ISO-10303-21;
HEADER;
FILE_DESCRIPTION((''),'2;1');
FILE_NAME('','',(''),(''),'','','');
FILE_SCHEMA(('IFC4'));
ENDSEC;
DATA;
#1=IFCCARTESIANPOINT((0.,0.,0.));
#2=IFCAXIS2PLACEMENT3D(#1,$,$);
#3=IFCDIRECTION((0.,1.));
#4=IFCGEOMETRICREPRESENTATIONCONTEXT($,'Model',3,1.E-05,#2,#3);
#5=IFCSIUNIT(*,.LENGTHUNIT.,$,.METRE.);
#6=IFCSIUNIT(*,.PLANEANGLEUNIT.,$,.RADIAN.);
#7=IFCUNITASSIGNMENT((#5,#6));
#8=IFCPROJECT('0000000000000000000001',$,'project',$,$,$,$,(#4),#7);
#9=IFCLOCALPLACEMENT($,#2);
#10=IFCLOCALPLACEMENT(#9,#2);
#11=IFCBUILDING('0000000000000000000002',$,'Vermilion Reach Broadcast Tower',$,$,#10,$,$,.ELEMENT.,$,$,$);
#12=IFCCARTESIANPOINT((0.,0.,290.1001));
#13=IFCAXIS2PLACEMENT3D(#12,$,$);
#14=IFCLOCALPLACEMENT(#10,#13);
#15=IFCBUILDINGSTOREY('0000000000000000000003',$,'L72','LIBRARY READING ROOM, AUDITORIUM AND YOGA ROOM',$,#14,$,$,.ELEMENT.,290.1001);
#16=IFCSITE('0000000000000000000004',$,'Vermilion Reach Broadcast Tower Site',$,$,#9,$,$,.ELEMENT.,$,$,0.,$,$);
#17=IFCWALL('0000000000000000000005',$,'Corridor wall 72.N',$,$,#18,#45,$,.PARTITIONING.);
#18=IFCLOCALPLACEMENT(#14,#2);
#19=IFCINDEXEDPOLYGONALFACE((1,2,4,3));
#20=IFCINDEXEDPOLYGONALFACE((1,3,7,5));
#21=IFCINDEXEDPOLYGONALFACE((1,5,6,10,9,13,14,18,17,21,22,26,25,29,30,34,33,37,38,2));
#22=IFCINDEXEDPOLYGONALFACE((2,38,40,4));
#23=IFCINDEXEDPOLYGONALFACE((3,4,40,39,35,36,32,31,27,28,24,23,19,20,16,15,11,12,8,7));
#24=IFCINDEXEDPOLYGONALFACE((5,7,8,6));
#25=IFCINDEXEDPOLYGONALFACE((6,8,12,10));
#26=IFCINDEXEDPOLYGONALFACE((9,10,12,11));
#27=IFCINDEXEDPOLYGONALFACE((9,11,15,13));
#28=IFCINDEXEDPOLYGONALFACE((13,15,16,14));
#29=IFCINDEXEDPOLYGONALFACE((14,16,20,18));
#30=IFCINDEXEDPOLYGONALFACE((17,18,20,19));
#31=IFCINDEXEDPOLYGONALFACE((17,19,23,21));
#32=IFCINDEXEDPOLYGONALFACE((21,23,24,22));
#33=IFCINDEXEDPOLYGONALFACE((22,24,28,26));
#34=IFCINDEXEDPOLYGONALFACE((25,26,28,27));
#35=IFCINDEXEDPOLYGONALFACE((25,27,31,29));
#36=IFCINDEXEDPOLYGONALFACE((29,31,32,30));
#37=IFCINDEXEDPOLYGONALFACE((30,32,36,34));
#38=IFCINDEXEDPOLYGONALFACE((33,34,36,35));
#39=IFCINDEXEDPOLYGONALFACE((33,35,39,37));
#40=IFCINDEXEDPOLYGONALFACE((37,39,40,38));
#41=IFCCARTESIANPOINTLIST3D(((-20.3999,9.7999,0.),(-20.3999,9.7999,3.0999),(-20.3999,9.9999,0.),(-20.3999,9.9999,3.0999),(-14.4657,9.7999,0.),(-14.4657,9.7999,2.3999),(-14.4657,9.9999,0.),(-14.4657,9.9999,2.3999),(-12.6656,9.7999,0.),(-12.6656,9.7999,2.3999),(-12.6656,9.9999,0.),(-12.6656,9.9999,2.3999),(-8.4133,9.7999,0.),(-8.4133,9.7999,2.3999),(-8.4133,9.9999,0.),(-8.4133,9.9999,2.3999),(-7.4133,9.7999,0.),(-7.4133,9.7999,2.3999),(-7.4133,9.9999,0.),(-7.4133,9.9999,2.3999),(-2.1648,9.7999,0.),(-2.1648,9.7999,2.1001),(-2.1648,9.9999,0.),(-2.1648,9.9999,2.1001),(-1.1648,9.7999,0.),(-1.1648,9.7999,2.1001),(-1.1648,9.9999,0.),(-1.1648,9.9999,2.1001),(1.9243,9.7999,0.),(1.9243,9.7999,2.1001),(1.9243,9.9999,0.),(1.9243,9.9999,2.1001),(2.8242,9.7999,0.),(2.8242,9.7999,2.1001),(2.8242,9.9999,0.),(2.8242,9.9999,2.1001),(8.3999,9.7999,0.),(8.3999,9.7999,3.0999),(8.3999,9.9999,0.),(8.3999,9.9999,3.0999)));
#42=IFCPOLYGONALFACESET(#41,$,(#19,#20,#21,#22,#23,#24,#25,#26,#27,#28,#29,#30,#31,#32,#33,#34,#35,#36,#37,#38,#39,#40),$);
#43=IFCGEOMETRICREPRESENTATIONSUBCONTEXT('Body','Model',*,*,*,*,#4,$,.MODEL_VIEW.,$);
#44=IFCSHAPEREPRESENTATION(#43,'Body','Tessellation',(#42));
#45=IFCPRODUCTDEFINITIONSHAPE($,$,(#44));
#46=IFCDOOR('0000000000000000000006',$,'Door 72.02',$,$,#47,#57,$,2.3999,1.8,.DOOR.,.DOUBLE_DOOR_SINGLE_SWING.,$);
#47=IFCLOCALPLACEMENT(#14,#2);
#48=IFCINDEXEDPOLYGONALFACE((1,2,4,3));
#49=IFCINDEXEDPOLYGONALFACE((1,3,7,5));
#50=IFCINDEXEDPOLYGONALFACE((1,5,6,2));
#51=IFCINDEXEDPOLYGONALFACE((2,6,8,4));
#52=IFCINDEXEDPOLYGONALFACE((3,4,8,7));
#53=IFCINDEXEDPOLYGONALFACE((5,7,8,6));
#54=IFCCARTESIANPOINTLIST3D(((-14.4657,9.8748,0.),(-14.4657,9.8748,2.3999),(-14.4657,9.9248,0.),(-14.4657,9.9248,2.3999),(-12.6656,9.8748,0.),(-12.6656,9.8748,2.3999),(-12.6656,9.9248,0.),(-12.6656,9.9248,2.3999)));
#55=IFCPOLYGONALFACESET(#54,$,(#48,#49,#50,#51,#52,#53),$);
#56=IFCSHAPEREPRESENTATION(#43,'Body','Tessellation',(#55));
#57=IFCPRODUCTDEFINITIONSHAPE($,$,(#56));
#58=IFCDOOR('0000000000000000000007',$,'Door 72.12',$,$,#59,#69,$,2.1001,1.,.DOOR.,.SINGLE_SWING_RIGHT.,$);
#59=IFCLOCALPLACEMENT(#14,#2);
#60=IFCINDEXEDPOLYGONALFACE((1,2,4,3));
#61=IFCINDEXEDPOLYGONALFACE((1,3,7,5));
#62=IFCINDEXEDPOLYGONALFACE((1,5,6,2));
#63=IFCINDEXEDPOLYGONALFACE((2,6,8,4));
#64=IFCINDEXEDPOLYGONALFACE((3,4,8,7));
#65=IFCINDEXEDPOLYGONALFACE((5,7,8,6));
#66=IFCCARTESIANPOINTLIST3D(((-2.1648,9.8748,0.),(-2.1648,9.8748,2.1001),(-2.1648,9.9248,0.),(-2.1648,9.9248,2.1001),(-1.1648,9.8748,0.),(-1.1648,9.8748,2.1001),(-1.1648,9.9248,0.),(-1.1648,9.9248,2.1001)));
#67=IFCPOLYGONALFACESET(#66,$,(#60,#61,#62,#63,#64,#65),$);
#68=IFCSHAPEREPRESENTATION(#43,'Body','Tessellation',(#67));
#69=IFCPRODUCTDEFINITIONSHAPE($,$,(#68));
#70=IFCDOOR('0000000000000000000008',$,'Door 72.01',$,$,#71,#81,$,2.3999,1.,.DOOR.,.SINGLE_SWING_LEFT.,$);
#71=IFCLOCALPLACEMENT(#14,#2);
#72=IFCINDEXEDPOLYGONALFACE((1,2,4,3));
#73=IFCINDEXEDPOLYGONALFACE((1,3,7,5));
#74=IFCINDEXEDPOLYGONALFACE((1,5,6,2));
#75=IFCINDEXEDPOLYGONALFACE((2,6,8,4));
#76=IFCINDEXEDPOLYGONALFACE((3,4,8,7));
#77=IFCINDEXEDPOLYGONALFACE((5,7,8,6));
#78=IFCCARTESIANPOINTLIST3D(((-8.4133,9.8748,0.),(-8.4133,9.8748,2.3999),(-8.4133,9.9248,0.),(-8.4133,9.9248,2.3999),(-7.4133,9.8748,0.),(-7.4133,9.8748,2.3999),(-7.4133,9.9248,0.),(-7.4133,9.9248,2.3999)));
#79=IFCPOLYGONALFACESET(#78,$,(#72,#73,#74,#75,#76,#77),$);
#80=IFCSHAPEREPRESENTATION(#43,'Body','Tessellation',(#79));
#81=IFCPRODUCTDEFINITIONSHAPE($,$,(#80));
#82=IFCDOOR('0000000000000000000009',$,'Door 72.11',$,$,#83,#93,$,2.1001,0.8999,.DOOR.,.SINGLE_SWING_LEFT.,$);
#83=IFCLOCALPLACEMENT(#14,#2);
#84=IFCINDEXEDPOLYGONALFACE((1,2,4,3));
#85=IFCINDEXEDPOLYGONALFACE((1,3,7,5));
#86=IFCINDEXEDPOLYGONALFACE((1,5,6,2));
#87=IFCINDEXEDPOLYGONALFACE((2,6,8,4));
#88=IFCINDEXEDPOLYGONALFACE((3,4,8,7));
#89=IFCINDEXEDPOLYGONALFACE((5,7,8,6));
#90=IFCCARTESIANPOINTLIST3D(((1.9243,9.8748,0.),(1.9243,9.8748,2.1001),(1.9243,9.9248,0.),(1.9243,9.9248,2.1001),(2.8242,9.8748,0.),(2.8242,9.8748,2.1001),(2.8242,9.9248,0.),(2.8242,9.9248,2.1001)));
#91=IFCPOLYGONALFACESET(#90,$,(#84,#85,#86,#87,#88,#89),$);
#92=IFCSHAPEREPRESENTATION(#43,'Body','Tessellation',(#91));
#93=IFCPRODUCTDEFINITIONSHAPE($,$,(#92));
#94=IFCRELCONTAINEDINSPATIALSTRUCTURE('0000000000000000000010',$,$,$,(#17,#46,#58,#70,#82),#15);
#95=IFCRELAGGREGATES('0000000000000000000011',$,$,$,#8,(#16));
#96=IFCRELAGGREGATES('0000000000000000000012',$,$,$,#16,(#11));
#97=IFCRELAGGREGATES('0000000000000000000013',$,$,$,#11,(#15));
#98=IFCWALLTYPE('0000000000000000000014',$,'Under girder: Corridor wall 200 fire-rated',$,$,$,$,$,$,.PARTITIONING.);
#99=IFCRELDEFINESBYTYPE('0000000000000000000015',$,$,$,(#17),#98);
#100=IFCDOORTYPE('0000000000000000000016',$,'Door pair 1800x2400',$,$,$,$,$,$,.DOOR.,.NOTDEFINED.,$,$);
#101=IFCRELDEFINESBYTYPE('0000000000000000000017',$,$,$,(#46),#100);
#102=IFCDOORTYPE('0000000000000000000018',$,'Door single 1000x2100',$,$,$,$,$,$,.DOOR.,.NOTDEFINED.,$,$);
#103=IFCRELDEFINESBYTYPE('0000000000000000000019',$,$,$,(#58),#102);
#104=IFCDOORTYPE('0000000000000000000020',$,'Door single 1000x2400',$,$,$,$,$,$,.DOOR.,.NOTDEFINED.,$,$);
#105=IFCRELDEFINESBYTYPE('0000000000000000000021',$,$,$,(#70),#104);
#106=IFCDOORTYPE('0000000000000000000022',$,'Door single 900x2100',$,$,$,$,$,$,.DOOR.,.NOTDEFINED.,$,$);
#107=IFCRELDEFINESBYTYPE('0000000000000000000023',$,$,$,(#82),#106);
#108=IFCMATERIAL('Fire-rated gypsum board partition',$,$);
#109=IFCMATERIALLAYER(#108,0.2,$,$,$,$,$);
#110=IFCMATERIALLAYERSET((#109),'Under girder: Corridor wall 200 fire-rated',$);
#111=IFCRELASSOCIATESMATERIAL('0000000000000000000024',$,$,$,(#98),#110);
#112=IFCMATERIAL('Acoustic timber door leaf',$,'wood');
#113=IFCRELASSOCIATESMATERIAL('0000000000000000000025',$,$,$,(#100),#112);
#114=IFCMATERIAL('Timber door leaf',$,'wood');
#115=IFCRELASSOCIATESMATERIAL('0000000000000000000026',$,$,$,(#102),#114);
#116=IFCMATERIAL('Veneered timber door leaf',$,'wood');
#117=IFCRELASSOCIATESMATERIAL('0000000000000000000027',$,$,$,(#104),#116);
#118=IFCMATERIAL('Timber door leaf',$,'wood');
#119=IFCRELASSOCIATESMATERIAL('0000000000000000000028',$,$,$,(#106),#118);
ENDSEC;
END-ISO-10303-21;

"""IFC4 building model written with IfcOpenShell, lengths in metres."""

from ifc_helpers import new_model, si_unit, direction, frame, frame_2d, origin, place, context, subcontext, project, spatial, rectangle, extrude, material, layer, layer_set, type_object, element, fill, save


model = new_model("IFC4")

# Units and contexts
model_context = context("Model", 3, precision=1e-05, world=origin(), true_north=direction((0.0, 1.0)))
body_context = subcontext(model_context, "Body", "Model", "MODEL_VIEW")
ifc_project = project(units=[si_unit("LENGTHUNIT", "METRE"), si_unit("PLANEANGLEUNIT", "RADIAN")], contexts=[model_context])

# Site, building, storey
site_placement = place(None, origin())
site = spatial("IfcSite", under=ifc_project, at=site_placement, Name="Vermilion Reach Broadcast Tower Site", CompositionType="ELEMENT", RefElevation=0.0)
building_placement = place(site_placement, origin())
building = spatial("IfcBuilding", under=site, at=building_placement, Name="Vermilion Reach Broadcast Tower", CompositionType="ELEMENT")
storey_placement = place(building_placement, frame((0.0, 0.0, 290.1001)))
storey = spatial("IfcBuildingStorey", under=building, at=storey_placement, Name="L72", Description="LIBRARY READING ROOM, AUDITORIUM AND YOGA ROOM", CompositionType="ELEMENT", Elevation=290.1001)

# Wall, openings, doors
ifc_material_1 = material(Name="Fire-rated gypsum board partition")
ifc_layer_1 = layer(ifc_material_1, 0.2)
ifc_layer_set_1 = layer_set([ifc_layer_1], Name="Under girder: Corridor wall 200 fire-rated")
wall_type_1 = type_object("IfcWallType", Name="Under girder: Corridor wall 200 fire-rated", PredefinedType="PARTITIONING", material=ifc_layer_set_1)
wall_1_placement = place(storey_placement, frame((-20.3999, 9.8999, 0.0), z_axis=(0.0, 0.0, 1.0), x_axis=(1.0, 0.0, 0.0)))
wall_1 = element("IfcWall", 1, at=wall_1_placement, inside=storey, type_object=wall_type_1, Name="Corridor wall 72.N", PredefinedType="PARTITIONING", context=body_context, shape_type="SweptSolid", body=[
    extrude(rectangle(XDim=28.7998, YDim=0.2, at=frame_2d((14.3999, 0.0))), origin(), (0.0, 0.0, 1.0), 3.0999),
])
opening_1_placement = place(wall_1_placement, frame((11.9866, 0.0, 0.0)))
opening_1 = element("IfcOpeningElement", 2, at=opening_1_placement, cuts=wall_1, PredefinedType="OPENING", context=body_context, shape_type="SweptSolid", body=[
    extrude(rectangle(XDim=1.0, YDim=2.3999, at=frame_2d((0.5, 1.2))), frame((0.0, 0.1099, 0.0), z_axis=(0.0, -1.0, 0.0), x_axis=(1.0, 0.0, 0.0)), (0.0, 0.0, 1.0), 0.22),
])
opening_2_placement = place(wall_1_placement, frame((5.9343, 0.0, 0.0)))
opening_2 = element("IfcOpeningElement", 3, at=opening_2_placement, cuts=wall_1, PredefinedType="OPENING", context=body_context, shape_type="SweptSolid", body=[
    extrude(rectangle(XDim=1.8, YDim=2.3999, at=frame_2d((0.8999, 1.2))), frame((0.0, 0.1099, 0.0), z_axis=(0.0, -1.0, 0.0), x_axis=(1.0, 0.0, 0.0)), (0.0, 0.0, 1.0), 0.22),
])
opening_3_placement = place(wall_1_placement, frame((22.3242, 0.0, 0.0)))
opening_3 = element("IfcOpeningElement", 4, at=opening_3_placement, cuts=wall_1, PredefinedType="OPENING", context=body_context, shape_type="SweptSolid", body=[
    extrude(rectangle(XDim=0.8999, YDim=2.1001, at=frame_2d((0.45, 1.05))), frame((0.0, 0.1099, 0.0), z_axis=(0.0, -1.0, 0.0), x_axis=(1.0, 0.0, 0.0)), (0.0, 0.0, 1.0), 0.22),
])
opening_4_placement = place(wall_1_placement, frame((18.2351, 0.0, 0.0)))
opening_4 = element("IfcOpeningElement", 5, at=opening_4_placement, cuts=wall_1, PredefinedType="OPENING", context=body_context, shape_type="SweptSolid", body=[
    extrude(rectangle(XDim=1.0, YDim=2.1001, at=frame_2d((0.5, 1.05))), frame((0.0, 0.1099, 0.0), z_axis=(0.0, -1.0, 0.0), x_axis=(1.0, 0.0, 0.0)), (0.0, 0.0, 1.0), 0.22),
])
ifc_material_2 = material(Name="Acoustic timber door leaf", Category="wood")
door_type_1 = type_object("IfcDoorType", Name="Door pair 1800x2400", OperationType="NOTDEFINED", PredefinedType="DOOR", material=ifc_material_2)
door_1_placement = place(opening_2_placement, origin())
door_1 = element("IfcDoor", 6, at=door_1_placement, inside=storey, type_object=door_type_1, Name="Door 72.02", OperationType="DOUBLE_DOOR_SINGLE_SWING", OverallHeight=2.3999, OverallWidth=1.8, PredefinedType="DOOR", context=body_context, shape_type="SweptSolid", body=[
    extrude(rectangle(XDim=1.8, YDim=2.3999, at=frame_2d((0.8999, 1.2))), frame((0.0, 0.0249, 0.0), z_axis=(0.0, -1.0, 0.0), x_axis=(1.0, 0.0, 0.0)), (0.0, 0.0, 1.0), 0.05),
])
fill(opening_2, door_1)
ifc_material_3 = material(Name="Timber door leaf", Category="wood")
door_type_2 = type_object("IfcDoorType", Name="Door single 1000x2100", OperationType="NOTDEFINED", PredefinedType="DOOR", material=ifc_material_3)
door_2_placement = place(opening_4_placement, origin())
door_2 = element("IfcDoor", 7, at=door_2_placement, inside=storey, type_object=door_type_2, Name="Door 72.12", OperationType="SINGLE_SWING_RIGHT", OverallHeight=2.1001, OverallWidth=1.0, PredefinedType="DOOR", context=body_context, shape_type="SweptSolid", body=[
    extrude(rectangle(XDim=1.0, YDim=2.1001, at=frame_2d((0.5, 1.05))), frame((0.0, 0.0249, 0.0), z_axis=(0.0, -1.0, 0.0), x_axis=(1.0, 0.0, 0.0)), (0.0, 0.0, 1.0), 0.05),
])
fill(opening_4, door_2)
ifc_material_4 = material(Name="Veneered timber door leaf", Category="wood")
door_type_3 = type_object("IfcDoorType", Name="Door single 1000x2400", OperationType="NOTDEFINED", PredefinedType="DOOR", material=ifc_material_4)
door_3_placement = place(opening_1_placement, origin())
door_3 = element("IfcDoor", 8, at=door_3_placement, inside=storey, type_object=door_type_3, Name="Door 72.01", OperationType="SINGLE_SWING_LEFT", OverallHeight=2.3999, OverallWidth=1.0, PredefinedType="DOOR", context=body_context, shape_type="SweptSolid", body=[
    extrude(rectangle(XDim=1.0, YDim=2.3999, at=frame_2d((0.5, 1.2))), frame((0.0, 0.0249, 0.0), z_axis=(0.0, -1.0, 0.0), x_axis=(1.0, 0.0, 0.0)), (0.0, 0.0, 1.0), 0.05),
])
fill(opening_1, door_3)
ifc_material_5 = material(Name="Timber door leaf", Category="wood")
door_type_4 = type_object("IfcDoorType", Name="Door single 900x2100", OperationType="NOTDEFINED", PredefinedType="DOOR", material=ifc_material_5)
door_4_placement = place(opening_3_placement, origin())
door_4 = element("IfcDoor", 9, at=door_4_placement, inside=storey, type_object=door_type_4, Name="Door 72.11", OperationType="SINGLE_SWING_LEFT", OverallHeight=2.1001, OverallWidth=0.8999, PredefinedType="DOOR", context=body_context, shape_type="SweptSolid", body=[
    extrude(rectangle(XDim=0.8999, YDim=2.1001, at=frame_2d((0.45, 1.05))), frame((0.0, 0.0249, 0.0), z_axis=(0.0, -1.0, 0.0), x_axis=(1.0, 0.0, 0.0)), (0.0, 0.0, 1.0), 0.05),
])
fill(opening_3, door_4)

save(model, "model.ifc")
